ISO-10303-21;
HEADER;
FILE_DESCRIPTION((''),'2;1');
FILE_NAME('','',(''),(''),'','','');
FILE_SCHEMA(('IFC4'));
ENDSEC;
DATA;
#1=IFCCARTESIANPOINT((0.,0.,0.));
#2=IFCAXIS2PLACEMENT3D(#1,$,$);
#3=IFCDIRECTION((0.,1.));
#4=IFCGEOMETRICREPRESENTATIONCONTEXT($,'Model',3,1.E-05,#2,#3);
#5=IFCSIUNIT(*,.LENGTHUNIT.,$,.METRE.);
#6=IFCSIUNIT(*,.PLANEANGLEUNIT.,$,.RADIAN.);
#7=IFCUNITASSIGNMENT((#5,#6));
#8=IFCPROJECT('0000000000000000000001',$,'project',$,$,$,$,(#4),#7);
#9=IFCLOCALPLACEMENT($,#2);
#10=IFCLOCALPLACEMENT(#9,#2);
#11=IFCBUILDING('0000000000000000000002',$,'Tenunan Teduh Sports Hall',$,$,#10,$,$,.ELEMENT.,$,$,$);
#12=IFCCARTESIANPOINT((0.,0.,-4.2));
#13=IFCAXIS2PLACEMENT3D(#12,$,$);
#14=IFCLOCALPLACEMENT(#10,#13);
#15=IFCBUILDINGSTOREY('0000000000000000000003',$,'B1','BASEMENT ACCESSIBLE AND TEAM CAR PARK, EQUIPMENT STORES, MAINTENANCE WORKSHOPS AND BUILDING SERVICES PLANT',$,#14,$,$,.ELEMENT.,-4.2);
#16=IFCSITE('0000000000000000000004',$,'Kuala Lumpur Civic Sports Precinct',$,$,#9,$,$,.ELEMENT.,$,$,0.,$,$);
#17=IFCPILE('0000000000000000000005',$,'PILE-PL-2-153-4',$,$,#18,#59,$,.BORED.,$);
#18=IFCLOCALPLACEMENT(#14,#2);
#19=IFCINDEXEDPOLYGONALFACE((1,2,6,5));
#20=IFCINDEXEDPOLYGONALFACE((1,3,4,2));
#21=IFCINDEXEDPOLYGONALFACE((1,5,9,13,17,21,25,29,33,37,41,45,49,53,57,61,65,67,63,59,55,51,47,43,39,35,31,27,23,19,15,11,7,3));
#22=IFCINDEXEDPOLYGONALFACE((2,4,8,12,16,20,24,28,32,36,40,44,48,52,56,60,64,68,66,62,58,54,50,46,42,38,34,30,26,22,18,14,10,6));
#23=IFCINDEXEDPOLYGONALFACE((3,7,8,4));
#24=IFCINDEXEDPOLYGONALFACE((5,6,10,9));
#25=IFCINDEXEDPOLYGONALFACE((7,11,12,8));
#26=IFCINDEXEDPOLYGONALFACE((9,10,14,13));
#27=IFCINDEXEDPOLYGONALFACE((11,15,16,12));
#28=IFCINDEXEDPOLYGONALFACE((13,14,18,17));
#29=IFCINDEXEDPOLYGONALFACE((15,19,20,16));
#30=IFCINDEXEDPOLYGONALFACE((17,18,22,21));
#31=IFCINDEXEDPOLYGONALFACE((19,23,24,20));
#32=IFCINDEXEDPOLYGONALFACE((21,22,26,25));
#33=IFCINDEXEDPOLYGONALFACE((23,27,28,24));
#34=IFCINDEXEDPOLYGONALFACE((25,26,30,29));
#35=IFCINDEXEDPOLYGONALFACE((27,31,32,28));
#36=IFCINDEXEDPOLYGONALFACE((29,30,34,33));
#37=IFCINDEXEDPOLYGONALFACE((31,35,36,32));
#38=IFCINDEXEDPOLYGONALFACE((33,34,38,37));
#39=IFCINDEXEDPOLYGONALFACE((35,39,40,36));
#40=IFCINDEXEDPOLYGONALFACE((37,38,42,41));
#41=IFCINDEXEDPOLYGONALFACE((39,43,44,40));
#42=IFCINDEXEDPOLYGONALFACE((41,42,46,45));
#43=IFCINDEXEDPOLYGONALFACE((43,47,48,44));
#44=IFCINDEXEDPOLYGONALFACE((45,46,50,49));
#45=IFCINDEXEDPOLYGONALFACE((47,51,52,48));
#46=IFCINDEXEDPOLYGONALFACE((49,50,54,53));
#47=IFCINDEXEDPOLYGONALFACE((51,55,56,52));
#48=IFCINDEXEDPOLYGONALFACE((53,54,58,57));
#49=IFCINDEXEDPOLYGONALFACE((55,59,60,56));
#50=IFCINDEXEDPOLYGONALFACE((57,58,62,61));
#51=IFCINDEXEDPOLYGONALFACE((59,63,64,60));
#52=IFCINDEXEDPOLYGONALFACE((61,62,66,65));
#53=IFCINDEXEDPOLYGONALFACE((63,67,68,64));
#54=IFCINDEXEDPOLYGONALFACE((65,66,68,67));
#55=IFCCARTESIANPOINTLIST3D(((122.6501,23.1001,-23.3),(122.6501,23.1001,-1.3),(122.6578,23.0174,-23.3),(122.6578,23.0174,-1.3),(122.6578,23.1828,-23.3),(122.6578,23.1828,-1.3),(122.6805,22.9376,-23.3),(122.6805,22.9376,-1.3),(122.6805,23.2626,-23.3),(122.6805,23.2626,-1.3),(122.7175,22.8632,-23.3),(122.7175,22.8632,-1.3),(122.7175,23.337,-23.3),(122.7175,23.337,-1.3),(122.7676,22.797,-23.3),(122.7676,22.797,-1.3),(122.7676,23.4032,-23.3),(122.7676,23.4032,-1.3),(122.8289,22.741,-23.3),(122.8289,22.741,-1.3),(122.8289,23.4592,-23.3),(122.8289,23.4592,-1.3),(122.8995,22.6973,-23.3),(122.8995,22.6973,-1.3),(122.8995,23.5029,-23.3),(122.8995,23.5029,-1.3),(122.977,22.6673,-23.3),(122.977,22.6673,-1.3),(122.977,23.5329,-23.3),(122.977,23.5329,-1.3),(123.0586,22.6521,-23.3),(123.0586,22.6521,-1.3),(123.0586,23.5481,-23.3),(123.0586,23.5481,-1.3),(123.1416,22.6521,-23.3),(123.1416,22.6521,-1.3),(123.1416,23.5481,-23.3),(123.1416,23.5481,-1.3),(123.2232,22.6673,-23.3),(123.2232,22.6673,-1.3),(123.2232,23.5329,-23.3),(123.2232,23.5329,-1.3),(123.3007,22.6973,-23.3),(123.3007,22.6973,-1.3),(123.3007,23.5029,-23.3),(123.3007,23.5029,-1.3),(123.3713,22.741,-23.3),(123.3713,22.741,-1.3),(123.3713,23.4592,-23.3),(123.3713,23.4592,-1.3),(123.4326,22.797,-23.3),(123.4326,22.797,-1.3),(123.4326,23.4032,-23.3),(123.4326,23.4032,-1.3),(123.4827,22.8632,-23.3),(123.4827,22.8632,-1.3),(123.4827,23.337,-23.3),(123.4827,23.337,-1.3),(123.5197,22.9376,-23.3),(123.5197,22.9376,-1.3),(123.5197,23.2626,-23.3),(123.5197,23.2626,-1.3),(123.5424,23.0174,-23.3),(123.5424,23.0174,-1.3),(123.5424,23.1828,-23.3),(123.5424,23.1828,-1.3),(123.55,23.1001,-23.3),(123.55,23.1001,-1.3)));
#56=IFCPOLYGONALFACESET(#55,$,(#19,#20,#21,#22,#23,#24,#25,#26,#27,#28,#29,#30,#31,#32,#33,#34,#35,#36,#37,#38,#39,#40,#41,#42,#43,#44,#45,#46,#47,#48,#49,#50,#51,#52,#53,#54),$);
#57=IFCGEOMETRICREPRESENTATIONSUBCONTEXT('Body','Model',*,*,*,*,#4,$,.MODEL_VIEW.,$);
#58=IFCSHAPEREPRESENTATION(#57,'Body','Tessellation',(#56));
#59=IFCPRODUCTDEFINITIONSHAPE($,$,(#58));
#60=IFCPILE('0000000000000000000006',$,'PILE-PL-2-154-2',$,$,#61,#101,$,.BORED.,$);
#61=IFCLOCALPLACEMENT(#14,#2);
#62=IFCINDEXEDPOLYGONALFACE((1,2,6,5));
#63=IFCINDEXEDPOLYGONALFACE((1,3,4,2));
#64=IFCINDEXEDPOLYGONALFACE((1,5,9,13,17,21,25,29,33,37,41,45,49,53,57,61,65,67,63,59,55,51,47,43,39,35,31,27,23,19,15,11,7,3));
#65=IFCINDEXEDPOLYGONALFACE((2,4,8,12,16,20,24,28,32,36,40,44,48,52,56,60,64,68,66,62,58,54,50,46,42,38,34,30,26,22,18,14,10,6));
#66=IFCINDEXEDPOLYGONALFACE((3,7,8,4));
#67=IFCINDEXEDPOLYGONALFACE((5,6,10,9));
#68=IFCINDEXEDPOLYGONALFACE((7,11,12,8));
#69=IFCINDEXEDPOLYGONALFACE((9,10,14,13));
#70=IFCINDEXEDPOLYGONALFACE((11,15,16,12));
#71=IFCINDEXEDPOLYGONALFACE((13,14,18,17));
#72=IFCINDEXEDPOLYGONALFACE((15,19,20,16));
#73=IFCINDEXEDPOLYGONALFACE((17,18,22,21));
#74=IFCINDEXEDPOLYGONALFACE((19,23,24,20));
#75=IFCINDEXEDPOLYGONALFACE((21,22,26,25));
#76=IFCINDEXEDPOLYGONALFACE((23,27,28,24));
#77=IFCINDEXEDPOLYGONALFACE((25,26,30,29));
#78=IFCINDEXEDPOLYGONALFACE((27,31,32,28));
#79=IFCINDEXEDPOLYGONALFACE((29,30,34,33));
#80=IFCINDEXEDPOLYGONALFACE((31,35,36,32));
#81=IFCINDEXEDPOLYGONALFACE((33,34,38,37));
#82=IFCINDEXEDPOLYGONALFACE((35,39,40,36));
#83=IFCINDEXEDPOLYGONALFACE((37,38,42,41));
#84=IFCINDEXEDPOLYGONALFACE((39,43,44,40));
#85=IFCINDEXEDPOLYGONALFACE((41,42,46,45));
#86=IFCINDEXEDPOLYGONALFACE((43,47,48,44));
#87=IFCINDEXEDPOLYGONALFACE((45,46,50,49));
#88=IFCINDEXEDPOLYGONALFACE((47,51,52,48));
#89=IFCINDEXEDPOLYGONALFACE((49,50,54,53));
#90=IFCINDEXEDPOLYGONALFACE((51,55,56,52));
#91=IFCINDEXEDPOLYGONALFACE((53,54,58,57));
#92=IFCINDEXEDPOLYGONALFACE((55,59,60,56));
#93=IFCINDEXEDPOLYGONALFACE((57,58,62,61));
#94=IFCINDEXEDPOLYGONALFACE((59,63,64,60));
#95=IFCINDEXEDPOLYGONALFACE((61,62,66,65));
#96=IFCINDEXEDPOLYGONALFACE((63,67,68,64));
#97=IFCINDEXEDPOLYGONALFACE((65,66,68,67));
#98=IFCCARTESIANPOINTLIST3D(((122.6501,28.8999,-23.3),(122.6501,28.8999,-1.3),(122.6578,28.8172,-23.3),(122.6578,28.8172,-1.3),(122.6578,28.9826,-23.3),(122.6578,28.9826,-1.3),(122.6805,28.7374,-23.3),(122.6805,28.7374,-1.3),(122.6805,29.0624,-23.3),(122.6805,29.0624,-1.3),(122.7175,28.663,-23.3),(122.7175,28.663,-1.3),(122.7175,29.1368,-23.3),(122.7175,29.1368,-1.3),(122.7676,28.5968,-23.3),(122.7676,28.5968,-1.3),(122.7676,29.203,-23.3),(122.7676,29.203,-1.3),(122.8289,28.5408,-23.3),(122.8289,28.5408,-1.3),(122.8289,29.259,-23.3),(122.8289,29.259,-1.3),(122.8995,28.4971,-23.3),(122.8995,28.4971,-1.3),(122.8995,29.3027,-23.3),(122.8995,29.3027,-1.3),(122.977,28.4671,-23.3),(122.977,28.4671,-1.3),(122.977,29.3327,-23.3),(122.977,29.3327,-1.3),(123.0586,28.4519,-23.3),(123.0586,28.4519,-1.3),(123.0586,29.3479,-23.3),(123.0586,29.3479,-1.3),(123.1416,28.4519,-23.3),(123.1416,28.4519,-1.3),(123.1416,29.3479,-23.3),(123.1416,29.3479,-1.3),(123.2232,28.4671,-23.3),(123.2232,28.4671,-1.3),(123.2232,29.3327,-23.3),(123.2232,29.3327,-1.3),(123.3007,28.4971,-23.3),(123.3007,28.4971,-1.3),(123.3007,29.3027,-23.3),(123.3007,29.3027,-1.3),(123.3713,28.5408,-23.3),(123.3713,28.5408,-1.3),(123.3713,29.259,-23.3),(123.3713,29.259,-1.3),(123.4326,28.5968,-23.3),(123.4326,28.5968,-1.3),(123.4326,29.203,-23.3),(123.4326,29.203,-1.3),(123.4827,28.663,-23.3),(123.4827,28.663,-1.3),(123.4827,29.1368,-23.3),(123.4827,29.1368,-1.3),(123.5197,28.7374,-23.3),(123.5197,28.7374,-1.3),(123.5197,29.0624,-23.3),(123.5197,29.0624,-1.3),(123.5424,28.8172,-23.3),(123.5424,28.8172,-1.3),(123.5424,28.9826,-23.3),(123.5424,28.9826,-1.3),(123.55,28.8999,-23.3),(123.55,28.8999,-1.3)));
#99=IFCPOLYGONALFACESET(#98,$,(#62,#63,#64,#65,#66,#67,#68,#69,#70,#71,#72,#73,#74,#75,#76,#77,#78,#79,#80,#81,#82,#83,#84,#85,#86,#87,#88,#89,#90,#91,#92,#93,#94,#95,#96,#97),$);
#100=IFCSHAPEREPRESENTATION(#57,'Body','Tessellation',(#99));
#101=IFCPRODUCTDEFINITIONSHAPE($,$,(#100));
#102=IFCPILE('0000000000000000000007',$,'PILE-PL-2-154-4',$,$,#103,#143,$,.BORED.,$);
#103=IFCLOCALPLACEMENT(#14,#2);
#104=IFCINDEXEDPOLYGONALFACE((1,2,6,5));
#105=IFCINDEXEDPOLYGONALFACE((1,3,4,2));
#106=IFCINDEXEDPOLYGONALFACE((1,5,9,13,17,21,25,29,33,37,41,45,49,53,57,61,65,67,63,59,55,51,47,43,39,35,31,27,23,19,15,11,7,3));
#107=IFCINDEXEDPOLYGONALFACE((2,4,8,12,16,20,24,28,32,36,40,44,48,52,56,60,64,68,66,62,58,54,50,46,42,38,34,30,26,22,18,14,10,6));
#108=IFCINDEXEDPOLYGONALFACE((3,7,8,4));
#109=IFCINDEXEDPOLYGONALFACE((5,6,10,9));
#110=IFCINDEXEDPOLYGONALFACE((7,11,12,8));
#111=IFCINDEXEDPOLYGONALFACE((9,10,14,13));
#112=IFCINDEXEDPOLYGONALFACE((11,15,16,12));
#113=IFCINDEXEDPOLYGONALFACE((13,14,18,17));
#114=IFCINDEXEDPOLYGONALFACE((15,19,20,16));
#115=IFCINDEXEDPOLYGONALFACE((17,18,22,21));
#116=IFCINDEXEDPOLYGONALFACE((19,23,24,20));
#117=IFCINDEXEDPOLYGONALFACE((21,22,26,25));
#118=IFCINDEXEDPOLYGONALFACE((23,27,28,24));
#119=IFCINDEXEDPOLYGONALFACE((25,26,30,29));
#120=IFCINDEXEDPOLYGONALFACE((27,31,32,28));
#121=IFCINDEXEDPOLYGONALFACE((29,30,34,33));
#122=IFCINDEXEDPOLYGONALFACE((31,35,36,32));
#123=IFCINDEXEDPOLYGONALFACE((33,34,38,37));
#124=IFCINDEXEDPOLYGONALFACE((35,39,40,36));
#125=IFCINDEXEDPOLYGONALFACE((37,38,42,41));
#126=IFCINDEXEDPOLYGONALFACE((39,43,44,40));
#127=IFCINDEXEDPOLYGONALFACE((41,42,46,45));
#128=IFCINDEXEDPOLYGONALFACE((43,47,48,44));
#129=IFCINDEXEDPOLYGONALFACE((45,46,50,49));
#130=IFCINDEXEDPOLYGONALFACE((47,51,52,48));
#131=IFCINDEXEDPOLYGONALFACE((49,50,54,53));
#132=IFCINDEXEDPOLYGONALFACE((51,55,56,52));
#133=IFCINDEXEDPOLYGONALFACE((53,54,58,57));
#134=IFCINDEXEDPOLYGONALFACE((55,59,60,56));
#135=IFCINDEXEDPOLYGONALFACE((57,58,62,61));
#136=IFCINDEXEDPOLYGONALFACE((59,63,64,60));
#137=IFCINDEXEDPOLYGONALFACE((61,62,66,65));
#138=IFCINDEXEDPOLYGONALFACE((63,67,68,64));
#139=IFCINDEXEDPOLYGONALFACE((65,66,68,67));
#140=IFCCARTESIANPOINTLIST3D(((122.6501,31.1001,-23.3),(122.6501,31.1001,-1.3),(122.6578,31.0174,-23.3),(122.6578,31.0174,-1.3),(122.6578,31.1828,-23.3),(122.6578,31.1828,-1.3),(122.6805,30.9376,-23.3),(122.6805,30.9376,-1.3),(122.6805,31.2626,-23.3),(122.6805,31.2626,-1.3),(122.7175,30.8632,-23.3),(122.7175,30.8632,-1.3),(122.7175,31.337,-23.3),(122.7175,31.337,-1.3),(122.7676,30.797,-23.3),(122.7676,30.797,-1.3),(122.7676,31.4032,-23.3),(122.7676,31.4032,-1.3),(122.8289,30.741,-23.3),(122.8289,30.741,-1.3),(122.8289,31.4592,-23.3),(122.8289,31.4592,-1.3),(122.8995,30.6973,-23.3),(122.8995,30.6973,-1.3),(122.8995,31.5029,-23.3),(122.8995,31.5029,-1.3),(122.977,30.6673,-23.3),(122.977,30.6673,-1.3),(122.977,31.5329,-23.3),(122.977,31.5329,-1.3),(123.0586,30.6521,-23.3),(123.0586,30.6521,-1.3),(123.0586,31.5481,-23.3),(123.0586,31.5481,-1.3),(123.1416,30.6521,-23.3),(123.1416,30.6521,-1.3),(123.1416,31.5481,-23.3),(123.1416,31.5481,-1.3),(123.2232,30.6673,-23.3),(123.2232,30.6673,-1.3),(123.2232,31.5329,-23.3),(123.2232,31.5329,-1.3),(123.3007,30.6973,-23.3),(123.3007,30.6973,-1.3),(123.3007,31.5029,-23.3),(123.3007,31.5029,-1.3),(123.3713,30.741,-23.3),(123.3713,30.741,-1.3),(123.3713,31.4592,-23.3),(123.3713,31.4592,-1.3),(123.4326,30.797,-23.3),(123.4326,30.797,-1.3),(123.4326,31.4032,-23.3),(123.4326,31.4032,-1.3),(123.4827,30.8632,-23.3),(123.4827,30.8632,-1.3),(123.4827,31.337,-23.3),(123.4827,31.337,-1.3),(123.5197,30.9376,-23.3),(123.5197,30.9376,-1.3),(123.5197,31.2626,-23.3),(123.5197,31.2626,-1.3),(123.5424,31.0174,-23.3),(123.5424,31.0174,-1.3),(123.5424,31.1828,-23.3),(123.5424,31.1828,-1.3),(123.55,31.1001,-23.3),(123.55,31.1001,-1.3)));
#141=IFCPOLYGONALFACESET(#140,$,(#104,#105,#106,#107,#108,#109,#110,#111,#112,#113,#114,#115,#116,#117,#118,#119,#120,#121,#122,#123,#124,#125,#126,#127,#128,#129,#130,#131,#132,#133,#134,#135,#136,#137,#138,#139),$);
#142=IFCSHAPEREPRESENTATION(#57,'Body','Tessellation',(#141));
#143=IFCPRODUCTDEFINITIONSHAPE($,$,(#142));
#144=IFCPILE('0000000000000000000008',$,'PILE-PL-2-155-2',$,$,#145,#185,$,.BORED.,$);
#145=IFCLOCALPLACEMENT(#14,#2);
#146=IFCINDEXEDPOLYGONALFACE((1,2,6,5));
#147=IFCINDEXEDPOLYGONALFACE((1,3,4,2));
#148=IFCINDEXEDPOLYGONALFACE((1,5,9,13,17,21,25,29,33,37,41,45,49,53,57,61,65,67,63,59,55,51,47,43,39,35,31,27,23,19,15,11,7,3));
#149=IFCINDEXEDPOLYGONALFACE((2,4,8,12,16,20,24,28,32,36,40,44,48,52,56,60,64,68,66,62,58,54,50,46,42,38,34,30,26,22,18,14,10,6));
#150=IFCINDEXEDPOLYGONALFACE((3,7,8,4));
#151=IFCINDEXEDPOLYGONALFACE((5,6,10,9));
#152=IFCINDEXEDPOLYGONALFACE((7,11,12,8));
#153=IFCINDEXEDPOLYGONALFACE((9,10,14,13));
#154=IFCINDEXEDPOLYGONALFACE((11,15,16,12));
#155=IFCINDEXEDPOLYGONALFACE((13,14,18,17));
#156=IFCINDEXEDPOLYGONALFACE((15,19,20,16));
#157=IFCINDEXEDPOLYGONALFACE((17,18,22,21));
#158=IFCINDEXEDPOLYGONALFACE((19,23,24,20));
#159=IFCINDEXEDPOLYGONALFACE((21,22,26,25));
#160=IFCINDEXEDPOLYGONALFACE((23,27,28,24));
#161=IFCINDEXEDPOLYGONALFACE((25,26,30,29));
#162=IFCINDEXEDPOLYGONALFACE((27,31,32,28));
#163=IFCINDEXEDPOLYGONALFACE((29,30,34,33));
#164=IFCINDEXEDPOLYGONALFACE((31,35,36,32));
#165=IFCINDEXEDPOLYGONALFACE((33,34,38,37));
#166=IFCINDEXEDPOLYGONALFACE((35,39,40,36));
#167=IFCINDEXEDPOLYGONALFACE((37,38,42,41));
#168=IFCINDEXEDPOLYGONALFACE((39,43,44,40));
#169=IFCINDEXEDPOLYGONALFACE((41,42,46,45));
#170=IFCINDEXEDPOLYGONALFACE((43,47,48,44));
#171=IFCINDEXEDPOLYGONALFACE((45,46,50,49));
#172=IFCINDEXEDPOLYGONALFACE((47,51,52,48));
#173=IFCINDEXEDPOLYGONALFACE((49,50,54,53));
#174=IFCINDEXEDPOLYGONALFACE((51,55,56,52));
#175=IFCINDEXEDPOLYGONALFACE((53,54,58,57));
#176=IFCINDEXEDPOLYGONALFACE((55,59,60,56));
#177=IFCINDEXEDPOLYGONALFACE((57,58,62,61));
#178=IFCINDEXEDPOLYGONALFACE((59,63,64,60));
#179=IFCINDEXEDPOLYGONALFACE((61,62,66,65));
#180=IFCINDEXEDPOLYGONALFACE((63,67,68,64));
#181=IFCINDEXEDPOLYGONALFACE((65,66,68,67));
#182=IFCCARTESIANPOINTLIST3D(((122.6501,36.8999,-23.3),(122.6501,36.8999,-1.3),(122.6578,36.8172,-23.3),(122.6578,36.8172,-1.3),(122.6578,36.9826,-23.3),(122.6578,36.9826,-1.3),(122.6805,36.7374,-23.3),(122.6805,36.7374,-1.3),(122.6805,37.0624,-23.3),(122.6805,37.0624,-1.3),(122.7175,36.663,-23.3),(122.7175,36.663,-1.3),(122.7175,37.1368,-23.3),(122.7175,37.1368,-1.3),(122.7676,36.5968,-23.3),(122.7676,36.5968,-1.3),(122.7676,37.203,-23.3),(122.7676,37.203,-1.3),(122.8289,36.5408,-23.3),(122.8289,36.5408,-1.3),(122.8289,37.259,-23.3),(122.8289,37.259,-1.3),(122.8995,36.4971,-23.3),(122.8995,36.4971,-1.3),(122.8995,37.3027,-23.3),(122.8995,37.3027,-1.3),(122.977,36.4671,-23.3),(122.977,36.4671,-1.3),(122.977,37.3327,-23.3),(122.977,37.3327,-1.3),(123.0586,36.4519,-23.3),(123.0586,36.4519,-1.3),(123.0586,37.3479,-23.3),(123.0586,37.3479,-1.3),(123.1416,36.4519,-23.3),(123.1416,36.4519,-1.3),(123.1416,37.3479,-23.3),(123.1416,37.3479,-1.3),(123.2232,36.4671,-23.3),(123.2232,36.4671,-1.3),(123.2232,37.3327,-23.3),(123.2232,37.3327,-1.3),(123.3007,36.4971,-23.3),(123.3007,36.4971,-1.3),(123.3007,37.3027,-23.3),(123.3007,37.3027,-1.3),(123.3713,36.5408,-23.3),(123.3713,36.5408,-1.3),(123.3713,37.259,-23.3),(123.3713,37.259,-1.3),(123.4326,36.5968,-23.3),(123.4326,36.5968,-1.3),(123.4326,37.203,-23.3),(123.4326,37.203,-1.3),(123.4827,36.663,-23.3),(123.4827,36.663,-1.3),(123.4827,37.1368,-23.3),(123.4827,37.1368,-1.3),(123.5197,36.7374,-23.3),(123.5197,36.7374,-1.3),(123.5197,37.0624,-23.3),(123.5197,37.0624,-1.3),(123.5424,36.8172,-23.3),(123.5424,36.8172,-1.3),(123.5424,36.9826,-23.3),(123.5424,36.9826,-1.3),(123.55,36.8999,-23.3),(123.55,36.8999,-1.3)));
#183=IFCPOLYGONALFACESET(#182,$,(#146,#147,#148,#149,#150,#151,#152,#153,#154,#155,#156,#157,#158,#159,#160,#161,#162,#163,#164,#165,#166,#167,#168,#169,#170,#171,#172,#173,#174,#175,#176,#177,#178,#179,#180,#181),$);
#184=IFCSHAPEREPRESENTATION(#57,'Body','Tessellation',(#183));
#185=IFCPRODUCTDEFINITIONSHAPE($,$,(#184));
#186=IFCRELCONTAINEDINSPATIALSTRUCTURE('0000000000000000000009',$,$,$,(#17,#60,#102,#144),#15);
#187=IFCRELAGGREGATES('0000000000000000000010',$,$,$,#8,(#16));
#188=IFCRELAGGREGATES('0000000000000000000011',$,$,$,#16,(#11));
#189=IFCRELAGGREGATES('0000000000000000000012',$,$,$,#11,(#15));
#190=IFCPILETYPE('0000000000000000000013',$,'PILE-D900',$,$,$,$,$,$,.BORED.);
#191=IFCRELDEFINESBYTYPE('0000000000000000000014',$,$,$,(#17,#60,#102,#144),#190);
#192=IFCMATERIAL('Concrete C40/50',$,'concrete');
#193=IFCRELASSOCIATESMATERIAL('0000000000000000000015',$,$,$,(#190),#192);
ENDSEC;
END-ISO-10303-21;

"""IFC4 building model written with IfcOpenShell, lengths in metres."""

from ifc_helpers import new_model, si_unit, direction, frame, origin, origin_2d, place, context, subcontext, project, spatial, circle, extrude, material, material_profile, profile_set, type_object, element, save


model = new_model("IFC4")

# Units and contexts
model_context = context("Model", 3, precision=1e-05, world=origin(), true_north=direction((0.0, 1.0)))
body_context = subcontext(model_context, "Body", "Model", "MODEL_VIEW")
ifc_project = project(units=[si_unit("LENGTHUNIT", "METRE"), si_unit("PLANEANGLEUNIT", "RADIAN")], contexts=[model_context])

# Site, building, storey
site_placement = place(None, origin())
site = spatial("IfcSite", under=ifc_project, at=site_placement, Name="Kuala Lumpur Civic Sports Precinct", CompositionType="ELEMENT", RefElevation=0.0)
building_placement = place(site_placement, origin())
building = spatial("IfcBuilding", under=site, at=building_placement, Name="Tenunan Teduh Sports Hall", CompositionType="ELEMENT")
storey_placement = place(building_placement, frame((0.0, 0.0, -4.2)))
storey = spatial("IfcBuildingStorey", under=building, at=storey_placement, Name="B1", Description="BASEMENT ACCESSIBLE AND TEAM CAR PARK, EQUIPMENT STORES, MAINTENANCE WORKSHOPS AND BUILDING SERVICES PLANT", CompositionType="ELEMENT", Elevation=-4.2)

# Piles
ifc_material_1 = material(Name="Concrete C40/50", Category="concrete")
ifc_material_profile_1 = material_profile(ifc_material_1, circle(Radius=0.45, at=origin_2d()), Name="PILE D900")
ifc_profile_set_1 = profile_set([ifc_material_profile_1], Name="Concrete C40/50")
pile_type = type_object("IfcPileType", Name="PILE-D900", PredefinedType="BORED", material=ifc_profile_set_1)
for number, where, z_axis, x_axis, name in (
    (1, (123.1001, 23.1001, -1.3), (0.0, 0.0, -1.0), (1.0, 0.0, 0.0), "PILE-PL-2-153-4"),
    (2, (123.1001, 28.8999, -1.3), (0.0, 0.0, -1.0), (1.0, 0.0, 0.0), "PILE-PL-2-154-2"),
    (3, (123.1001, 31.1001, -1.3), (0.0, 0.0, -1.0), (1.0, 0.0, 0.0), "PILE-PL-2-154-4"),
    (4, (123.1001, 36.8999, -1.3), (0.0, 0.0, -1.0), (1.0, 0.0, 0.0), "PILE-PL-2-155-2"),
):
    element("IfcPile", number, at=place(storey_placement, frame(where, z_axis=z_axis, x_axis=x_axis)), inside=storey, type_object=pile_type, Name=name, PredefinedType="BORED", context=body_context, shape_type="SweptSolid", body=[
        extrude(circle(Radius=0.45, at=origin_2d()), origin(), (0.0, 0.0, 1.0), 22.0),
    ])

save(model, "model.ifc")
